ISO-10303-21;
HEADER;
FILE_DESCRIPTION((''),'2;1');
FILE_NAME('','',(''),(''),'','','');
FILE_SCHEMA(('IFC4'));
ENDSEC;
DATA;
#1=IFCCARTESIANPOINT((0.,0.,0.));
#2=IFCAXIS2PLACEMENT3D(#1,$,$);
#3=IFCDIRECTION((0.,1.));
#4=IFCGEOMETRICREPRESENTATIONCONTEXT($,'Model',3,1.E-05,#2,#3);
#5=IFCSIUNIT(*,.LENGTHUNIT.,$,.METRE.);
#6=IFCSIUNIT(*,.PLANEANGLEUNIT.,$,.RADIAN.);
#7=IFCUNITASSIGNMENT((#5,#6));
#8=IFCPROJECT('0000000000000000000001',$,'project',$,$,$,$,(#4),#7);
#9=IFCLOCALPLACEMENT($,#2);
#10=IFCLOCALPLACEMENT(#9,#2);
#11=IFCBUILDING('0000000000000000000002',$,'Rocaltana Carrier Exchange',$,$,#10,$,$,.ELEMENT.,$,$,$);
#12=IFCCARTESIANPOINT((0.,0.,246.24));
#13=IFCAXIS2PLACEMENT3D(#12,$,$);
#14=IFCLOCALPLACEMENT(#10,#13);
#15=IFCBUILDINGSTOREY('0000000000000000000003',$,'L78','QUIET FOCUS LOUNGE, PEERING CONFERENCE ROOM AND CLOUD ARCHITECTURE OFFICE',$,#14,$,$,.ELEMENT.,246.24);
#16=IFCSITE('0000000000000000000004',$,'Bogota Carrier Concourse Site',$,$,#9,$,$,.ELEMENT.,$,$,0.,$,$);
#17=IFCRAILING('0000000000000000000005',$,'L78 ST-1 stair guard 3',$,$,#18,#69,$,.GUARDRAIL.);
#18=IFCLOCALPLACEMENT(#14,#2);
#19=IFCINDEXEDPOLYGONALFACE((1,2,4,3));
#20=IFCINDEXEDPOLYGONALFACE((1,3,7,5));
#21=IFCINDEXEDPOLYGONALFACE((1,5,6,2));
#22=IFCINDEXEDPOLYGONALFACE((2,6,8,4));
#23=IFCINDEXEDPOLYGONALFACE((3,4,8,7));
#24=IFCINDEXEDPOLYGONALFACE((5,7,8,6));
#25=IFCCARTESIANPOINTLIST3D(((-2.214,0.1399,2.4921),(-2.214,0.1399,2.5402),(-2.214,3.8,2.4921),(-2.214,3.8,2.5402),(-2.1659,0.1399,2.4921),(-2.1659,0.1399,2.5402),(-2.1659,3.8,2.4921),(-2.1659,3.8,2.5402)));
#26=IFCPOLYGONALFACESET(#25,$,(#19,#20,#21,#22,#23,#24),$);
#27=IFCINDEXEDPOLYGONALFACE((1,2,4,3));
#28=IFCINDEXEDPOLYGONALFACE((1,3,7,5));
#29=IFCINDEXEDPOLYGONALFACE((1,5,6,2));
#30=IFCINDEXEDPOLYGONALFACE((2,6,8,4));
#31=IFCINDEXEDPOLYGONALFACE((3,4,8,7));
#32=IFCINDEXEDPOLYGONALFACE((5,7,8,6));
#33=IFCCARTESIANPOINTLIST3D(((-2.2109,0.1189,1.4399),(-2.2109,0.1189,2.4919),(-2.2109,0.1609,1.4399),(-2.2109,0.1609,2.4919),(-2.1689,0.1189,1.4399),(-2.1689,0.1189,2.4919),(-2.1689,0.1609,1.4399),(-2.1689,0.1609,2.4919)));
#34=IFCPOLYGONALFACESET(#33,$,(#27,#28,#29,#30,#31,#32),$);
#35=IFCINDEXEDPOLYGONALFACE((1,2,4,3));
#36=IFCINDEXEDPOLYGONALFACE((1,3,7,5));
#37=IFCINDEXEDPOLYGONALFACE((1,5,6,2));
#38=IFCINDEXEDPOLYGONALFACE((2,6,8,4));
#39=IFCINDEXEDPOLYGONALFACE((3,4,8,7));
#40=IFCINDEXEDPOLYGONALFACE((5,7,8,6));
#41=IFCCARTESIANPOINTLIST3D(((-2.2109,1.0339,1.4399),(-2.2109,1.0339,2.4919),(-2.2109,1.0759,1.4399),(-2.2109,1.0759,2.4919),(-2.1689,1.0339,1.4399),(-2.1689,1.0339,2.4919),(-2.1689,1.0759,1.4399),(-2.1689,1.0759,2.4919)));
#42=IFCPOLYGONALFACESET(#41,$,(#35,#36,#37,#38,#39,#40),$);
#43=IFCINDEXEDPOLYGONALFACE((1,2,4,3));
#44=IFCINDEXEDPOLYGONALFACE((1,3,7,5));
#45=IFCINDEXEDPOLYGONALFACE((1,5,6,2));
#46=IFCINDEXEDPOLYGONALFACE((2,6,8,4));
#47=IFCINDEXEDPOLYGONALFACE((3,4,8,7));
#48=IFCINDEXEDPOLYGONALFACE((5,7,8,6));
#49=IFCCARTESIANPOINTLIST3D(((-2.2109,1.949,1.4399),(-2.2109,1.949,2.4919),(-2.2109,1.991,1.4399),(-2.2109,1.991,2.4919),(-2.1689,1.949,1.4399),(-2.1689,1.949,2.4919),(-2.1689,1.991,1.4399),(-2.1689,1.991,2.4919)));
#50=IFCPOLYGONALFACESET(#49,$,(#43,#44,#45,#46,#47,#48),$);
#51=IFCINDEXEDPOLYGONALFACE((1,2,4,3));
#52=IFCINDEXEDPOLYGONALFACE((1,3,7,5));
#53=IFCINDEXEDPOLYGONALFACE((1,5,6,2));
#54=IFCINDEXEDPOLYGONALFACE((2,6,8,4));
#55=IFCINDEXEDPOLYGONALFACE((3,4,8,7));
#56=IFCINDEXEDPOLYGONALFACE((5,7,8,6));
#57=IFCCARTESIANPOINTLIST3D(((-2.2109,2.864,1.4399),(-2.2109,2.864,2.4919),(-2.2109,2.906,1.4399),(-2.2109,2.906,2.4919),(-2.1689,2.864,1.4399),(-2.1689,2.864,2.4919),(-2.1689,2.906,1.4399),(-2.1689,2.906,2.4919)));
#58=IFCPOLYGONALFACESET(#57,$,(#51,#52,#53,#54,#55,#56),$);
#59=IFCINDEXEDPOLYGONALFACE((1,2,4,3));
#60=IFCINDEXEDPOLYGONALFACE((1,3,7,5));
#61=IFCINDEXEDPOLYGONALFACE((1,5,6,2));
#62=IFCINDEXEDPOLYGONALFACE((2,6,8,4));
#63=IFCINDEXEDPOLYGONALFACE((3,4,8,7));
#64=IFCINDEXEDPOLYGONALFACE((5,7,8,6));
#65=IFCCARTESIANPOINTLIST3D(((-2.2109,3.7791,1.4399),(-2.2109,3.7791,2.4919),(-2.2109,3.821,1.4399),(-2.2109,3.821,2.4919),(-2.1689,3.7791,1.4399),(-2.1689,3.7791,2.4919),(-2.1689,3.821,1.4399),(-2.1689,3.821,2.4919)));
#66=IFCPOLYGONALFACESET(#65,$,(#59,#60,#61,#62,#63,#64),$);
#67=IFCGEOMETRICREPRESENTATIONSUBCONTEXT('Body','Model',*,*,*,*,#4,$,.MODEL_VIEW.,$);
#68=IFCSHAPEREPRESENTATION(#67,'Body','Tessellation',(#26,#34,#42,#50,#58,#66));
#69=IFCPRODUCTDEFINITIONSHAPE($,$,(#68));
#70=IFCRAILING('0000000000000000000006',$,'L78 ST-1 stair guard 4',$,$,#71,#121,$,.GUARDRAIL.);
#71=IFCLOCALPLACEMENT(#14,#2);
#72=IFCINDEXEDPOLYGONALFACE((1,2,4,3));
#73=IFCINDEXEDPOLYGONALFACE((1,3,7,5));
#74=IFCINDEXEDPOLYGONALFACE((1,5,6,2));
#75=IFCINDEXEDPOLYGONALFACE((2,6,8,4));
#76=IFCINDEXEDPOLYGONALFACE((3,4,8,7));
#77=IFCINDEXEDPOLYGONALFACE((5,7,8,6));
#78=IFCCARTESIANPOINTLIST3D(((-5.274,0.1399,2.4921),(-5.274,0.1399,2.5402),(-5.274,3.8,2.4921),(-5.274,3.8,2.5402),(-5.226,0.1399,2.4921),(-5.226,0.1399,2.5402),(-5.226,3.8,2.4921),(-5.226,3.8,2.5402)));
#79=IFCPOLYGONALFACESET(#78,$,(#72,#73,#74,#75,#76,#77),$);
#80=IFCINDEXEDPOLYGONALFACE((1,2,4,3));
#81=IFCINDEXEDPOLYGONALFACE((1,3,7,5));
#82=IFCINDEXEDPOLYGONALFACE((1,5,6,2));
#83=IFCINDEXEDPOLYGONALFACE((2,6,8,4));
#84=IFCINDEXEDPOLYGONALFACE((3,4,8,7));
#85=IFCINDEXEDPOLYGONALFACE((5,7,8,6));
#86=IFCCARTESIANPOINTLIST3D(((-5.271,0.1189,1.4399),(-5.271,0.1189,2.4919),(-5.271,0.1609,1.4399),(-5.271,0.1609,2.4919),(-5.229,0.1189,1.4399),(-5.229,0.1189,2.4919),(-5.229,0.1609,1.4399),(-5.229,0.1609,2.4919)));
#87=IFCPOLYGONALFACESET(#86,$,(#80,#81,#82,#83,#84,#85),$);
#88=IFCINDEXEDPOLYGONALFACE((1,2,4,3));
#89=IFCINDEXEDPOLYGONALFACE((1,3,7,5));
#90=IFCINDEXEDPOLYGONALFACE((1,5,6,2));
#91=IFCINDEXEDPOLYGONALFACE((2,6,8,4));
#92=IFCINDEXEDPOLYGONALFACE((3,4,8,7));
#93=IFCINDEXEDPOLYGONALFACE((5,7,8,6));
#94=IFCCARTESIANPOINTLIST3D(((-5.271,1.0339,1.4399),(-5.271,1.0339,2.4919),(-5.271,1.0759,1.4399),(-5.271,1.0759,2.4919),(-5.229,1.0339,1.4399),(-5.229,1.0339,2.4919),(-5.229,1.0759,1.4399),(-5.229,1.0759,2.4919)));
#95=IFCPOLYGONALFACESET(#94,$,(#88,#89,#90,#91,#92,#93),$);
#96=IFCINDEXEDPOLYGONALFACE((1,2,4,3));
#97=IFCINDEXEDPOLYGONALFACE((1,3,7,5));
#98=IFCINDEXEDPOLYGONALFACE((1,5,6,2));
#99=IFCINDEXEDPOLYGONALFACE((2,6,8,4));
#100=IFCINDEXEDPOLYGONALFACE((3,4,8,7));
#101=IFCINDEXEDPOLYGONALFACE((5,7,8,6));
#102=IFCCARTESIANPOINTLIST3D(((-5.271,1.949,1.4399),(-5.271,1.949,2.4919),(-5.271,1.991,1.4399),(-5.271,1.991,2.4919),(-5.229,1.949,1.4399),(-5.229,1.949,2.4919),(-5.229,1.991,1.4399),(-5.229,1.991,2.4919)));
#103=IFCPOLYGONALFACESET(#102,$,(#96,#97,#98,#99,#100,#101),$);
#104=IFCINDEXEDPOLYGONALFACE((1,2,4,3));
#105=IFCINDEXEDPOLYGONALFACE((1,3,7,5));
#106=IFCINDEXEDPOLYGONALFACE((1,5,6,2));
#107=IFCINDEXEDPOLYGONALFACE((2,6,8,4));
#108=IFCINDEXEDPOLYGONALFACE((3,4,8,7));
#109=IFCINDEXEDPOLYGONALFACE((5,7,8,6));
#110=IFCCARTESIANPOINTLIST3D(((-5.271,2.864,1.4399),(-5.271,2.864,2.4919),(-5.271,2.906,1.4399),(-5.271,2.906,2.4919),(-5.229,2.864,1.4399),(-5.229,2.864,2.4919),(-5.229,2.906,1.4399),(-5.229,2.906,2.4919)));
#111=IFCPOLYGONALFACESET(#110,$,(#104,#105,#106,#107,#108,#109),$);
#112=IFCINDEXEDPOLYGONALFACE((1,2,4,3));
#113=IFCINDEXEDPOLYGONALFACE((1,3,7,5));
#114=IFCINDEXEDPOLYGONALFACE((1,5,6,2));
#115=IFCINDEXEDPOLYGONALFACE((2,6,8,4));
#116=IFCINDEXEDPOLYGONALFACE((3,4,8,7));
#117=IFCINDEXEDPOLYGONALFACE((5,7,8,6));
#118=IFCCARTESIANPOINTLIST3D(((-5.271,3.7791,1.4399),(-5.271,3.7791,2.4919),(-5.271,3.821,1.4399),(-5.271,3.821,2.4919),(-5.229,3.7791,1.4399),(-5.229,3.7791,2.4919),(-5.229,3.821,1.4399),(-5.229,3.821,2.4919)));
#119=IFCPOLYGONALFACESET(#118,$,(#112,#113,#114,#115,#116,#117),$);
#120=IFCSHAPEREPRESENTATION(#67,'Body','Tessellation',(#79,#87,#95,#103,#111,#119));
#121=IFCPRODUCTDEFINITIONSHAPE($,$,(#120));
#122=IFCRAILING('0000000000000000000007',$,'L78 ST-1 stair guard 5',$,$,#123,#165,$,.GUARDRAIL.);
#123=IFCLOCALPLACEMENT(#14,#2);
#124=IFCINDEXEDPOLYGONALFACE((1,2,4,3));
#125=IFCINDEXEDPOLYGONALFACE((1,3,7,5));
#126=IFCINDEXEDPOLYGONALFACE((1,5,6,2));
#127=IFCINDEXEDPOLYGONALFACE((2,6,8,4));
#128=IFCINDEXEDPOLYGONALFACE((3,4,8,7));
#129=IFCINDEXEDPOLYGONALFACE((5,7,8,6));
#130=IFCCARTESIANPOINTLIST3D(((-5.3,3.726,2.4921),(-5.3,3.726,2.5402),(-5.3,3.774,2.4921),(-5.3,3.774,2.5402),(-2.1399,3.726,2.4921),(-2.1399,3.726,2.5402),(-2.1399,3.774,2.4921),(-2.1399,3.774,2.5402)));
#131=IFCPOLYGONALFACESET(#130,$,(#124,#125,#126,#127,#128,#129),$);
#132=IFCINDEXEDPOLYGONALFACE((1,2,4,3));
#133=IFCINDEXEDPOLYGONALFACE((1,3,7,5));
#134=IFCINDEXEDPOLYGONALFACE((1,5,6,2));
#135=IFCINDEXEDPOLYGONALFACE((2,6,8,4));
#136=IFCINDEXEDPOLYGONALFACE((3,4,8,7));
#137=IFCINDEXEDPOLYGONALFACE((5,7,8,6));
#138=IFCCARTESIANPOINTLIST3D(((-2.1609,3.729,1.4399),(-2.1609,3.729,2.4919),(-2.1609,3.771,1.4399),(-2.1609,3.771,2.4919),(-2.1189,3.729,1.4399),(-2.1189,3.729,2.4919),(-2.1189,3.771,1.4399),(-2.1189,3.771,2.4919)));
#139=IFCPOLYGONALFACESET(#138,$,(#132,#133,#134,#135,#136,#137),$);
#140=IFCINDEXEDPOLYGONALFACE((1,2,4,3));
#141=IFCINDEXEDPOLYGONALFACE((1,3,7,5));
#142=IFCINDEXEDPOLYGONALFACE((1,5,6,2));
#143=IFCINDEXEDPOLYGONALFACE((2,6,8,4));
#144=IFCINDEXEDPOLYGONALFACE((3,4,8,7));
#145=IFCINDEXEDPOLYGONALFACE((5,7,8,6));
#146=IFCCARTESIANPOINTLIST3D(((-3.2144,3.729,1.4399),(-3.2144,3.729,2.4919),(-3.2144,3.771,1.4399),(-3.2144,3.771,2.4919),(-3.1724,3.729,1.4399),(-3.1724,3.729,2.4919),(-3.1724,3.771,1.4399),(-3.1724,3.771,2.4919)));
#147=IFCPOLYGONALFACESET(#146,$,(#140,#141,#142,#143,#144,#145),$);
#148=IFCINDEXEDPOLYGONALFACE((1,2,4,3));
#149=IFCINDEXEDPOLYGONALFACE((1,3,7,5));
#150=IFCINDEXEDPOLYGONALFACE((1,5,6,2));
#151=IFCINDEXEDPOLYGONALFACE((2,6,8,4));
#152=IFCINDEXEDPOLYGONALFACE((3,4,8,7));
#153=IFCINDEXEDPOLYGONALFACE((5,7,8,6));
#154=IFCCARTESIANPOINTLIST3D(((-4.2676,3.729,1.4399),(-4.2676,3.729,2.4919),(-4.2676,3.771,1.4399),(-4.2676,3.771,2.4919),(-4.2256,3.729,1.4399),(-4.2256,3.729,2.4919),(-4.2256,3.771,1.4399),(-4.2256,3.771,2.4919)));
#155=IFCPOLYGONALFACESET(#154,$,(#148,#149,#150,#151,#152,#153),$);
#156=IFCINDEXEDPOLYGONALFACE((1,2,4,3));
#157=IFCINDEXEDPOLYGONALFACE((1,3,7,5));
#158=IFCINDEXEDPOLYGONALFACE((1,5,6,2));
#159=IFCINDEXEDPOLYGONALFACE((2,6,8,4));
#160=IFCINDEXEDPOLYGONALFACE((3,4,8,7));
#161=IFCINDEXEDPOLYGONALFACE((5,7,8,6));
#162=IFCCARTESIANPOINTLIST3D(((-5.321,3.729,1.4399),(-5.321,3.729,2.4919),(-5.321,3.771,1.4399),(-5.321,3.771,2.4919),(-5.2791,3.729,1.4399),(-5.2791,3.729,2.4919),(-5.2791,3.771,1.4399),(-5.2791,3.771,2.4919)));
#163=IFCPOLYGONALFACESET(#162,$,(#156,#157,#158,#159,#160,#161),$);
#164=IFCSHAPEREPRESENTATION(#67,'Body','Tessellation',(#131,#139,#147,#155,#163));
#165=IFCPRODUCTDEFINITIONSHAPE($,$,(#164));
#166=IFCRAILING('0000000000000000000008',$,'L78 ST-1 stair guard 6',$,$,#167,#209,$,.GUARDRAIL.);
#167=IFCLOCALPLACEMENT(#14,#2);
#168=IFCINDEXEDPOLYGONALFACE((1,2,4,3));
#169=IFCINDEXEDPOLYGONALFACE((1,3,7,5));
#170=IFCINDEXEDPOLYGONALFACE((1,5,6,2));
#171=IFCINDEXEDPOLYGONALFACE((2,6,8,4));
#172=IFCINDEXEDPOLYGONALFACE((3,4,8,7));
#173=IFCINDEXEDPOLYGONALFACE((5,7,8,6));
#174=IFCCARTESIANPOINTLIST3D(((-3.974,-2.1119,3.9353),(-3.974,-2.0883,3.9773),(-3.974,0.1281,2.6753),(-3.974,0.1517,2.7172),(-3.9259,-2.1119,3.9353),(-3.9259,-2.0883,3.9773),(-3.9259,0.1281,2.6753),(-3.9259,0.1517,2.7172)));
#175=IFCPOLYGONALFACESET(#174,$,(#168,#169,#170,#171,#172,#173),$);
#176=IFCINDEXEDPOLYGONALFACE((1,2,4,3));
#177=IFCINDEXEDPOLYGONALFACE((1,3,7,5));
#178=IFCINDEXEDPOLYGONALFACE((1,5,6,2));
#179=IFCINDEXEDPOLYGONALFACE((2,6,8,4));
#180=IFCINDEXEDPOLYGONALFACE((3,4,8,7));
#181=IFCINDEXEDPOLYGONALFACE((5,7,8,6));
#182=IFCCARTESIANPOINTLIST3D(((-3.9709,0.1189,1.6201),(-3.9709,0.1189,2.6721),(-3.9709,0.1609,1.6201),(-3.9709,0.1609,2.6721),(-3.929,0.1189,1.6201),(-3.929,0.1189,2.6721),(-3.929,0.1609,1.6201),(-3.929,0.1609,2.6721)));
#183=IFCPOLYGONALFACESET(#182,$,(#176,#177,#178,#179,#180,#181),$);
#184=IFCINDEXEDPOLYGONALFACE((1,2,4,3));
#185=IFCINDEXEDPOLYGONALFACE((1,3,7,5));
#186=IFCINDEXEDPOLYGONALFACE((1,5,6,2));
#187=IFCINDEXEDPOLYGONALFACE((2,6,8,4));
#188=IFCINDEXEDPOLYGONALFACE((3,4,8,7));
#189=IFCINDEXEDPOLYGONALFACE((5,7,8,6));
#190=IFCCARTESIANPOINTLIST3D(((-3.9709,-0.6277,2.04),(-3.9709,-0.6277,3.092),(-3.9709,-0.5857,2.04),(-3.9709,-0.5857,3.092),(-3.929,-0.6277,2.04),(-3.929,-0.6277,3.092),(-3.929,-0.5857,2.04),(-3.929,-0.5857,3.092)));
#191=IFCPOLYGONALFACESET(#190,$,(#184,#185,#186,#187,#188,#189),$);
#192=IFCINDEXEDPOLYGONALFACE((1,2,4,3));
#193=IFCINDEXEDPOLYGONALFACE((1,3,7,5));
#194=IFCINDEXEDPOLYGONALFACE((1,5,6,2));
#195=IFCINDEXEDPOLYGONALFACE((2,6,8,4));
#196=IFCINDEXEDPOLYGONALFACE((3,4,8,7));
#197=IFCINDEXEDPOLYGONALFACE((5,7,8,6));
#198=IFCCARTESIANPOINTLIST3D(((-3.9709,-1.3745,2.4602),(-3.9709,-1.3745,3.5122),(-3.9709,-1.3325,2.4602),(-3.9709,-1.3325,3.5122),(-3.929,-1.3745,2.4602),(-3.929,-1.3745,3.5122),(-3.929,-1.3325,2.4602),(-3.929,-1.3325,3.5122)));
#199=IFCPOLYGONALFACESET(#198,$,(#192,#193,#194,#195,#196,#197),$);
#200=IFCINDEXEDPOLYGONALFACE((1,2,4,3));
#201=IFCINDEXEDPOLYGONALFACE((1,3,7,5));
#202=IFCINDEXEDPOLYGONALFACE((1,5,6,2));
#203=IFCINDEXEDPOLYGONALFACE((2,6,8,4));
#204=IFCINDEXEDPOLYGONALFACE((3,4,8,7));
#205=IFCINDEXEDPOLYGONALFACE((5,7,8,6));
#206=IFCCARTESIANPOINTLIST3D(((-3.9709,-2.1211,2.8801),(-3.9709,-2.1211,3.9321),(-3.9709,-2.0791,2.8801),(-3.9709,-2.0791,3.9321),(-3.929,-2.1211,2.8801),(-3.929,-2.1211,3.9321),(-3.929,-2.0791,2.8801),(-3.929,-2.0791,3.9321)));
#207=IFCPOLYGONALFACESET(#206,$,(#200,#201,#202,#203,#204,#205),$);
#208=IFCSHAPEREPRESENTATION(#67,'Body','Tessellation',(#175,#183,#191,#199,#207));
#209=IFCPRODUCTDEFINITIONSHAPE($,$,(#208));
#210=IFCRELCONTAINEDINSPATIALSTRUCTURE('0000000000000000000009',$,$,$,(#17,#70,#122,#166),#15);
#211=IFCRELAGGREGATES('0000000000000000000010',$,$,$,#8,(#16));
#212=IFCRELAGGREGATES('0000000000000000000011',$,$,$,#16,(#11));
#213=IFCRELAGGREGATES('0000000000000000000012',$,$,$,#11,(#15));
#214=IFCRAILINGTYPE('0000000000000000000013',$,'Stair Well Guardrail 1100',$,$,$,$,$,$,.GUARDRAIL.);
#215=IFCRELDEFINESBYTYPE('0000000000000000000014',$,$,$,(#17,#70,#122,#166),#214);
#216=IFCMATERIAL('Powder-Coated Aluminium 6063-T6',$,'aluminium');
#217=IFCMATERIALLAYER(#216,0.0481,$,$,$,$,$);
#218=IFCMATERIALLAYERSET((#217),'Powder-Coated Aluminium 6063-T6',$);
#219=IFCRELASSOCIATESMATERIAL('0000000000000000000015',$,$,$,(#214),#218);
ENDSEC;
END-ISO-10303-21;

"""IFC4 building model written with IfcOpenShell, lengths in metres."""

from ifc_helpers import new_model, si_unit, direction, frame, origin, origin_2d, place, context, subcontext, project, spatial, rectangle, extrude, material, layer, layer_set, type_object, element, save


model = new_model("IFC4")

# Units and contexts
model_context = context("Model", 3, precision=1e-05, world=origin(), true_north=direction((0.0, 1.0)))
body_context = subcontext(model_context, "Body", "Model", "MODEL_VIEW")
ifc_project = project(units=[si_unit("LENGTHUNIT", "METRE"), si_unit("PLANEANGLEUNIT", "RADIAN")], contexts=[model_context])

# Site, building, storey
site_placement = place(None, origin())
site = spatial("IfcSite", under=ifc_project, at=site_placement, Name="Bogota Carrier Concourse Site", CompositionType="ELEMENT", RefElevation=0.0)
building_placement = place(site_placement, origin())
building = spatial("IfcBuilding", under=site, at=building_placement, Name="Rocaltana Carrier Exchange", CompositionType="ELEMENT")
storey_placement = place(building_placement, frame((0.0, 0.0, 246.24)))
storey = spatial("IfcBuildingStorey", under=building, at=storey_placement, Name="L78", Description="QUIET FOCUS LOUNGE, PEERING CONFERENCE ROOM AND CLOUD ARCHITECTURE OFFICE", CompositionType="ELEMENT", Elevation=246.24)

# Railings
ifc_material_1 = material(Name="Powder-Coated Aluminium 6063-T6", Category="aluminium")
ifc_layer_1 = layer(ifc_material_1, 0.0481)
ifc_layer_set_1 = layer_set([ifc_layer_1], Name="Powder-Coated Aluminium 6063-T6")
railing_type_1 = type_object("IfcRailingType", Name="Stair Well Guardrail 1100", PredefinedType="GUARDRAIL", material=ifc_layer_set_1)
for number, where, name in (
    (1, (-2.1899, 0.1399, 1.4399), "L78 ST-1 stair guard 3"),
    (2, (-5.25, 0.1399, 1.4399), "L78 ST-1 stair guard 4"),
):
    element("IfcRailing", number, at=place(storey_placement, frame(where)), inside=storey, type_object=railing_type_1, Name=name, PredefinedType="GUARDRAIL", context=body_context, shape_type="SweptSolid", body=[
        extrude(rectangle(XDim=0.0481, YDim=0.0481, at=origin_2d()), frame((0.0, 0.0, 1.0762), z_axis=(0.0, 1.0, 0.0), x_axis=(-1.0, 0.0, 0.0)), (0.0, 0.0, 1.0), 3.6602),
        extrude(rectangle(XDim=0.042, YDim=0.042, at=origin_2d()), origin(), (0.0, 0.0, 1.0), 1.052),
        extrude(rectangle(XDim=0.042, YDim=0.042, at=origin_2d()), frame((0.0, 0.915, 0.0)), (0.0, 0.0, 1.0), 1.052),
        extrude(rectangle(XDim=0.042, YDim=0.042, at=origin_2d()), frame((0.0, 1.8301, 0.0)), (0.0, 0.0, 1.0), 1.052),
        extrude(rectangle(XDim=0.042, YDim=0.042, at=origin_2d()), frame((0.0, 2.7451, 0.0)), (0.0, 0.0, 1.0), 1.052),
        extrude(rectangle(XDim=0.042, YDim=0.042, at=origin_2d()), frame((0.0, 3.6602, 0.0)), (0.0, 0.0, 1.0), 1.052),
    ])
railing_1_placement = place(storey_placement, frame((-2.1399, 3.75, 1.4399)))
element("IfcRailing", 3, at=railing_1_placement, inside=storey, type_object=railing_type_1, Name="L78 ST-1 stair guard 5", PredefinedType="GUARDRAIL", context=body_context, shape_type="SweptSolid", body=[
    extrude(rectangle(XDim=0.0481, YDim=0.0481, at=origin_2d()), frame((0.0, 0.0, 1.0762), z_axis=(-1.0, 0.0, 0.0), x_axis=(0.0, -1.0, 0.0)), (0.0, 0.0, 1.0), 3.1602),
    extrude(rectangle(XDim=0.042, YDim=0.042, at=origin_2d()), origin(), (0.0, 0.0, 1.0), 1.052),
    extrude(rectangle(XDim=0.042, YDim=0.042, at=origin_2d()), frame((-1.0535, 0.0, 0.0)), (0.0, 0.0, 1.0), 1.052),
    extrude(rectangle(XDim=0.042, YDim=0.042, at=origin_2d()), frame((-2.1067, 0.0, 0.0)), (0.0, 0.0, 1.0), 1.052),
    extrude(rectangle(XDim=0.042, YDim=0.042, at=origin_2d()), frame((-3.1602, 0.0, 0.0)), (0.0, 0.0, 1.0), 1.052),
])
railing_2_placement = place(storey_placement, frame((-3.95, 0.1399, 1.6201)))
element("IfcRailing", 4, at=railing_2_placement, inside=storey, type_object=railing_type_1, Name="L78 ST-1 stair guard 6", PredefinedType="GUARDRAIL", context=body_context, shape_type="SweptSolid", body=[
    extrude(rectangle(XDim=0.0481, YDim=0.0481, at=origin_2d()), frame((0.0, 0.0, 1.0762), z_axis=(0.0, -0.871573, 0.490266), x_axis=(1.0, 0.0, 0.0)), (0.0, 0.0, 1.0), 2.5701),
    extrude(rectangle(XDim=0.042, YDim=0.042, at=origin_2d()), origin(), (0.0, 0.0, 1.0), 1.052),
    extrude(rectangle(XDim=0.042, YDim=0.042, at=origin_2d()), frame((0.0, -0.7466, 0.4199)), (0.0, 0.0, 1.0), 1.052),
    extrude(rectangle(XDim=0.042, YDim=0.042, at=origin_2d()), frame((0.0, -1.4934, 0.8401)), (0.0, 0.0, 1.0), 1.052),
    extrude(rectangle(XDim=0.042, YDim=0.042, at=origin_2d()), frame((0.0, -2.24, 1.26)), (0.0, 0.0, 1.0), 1.052),
])

save(model, "model.ifc")
